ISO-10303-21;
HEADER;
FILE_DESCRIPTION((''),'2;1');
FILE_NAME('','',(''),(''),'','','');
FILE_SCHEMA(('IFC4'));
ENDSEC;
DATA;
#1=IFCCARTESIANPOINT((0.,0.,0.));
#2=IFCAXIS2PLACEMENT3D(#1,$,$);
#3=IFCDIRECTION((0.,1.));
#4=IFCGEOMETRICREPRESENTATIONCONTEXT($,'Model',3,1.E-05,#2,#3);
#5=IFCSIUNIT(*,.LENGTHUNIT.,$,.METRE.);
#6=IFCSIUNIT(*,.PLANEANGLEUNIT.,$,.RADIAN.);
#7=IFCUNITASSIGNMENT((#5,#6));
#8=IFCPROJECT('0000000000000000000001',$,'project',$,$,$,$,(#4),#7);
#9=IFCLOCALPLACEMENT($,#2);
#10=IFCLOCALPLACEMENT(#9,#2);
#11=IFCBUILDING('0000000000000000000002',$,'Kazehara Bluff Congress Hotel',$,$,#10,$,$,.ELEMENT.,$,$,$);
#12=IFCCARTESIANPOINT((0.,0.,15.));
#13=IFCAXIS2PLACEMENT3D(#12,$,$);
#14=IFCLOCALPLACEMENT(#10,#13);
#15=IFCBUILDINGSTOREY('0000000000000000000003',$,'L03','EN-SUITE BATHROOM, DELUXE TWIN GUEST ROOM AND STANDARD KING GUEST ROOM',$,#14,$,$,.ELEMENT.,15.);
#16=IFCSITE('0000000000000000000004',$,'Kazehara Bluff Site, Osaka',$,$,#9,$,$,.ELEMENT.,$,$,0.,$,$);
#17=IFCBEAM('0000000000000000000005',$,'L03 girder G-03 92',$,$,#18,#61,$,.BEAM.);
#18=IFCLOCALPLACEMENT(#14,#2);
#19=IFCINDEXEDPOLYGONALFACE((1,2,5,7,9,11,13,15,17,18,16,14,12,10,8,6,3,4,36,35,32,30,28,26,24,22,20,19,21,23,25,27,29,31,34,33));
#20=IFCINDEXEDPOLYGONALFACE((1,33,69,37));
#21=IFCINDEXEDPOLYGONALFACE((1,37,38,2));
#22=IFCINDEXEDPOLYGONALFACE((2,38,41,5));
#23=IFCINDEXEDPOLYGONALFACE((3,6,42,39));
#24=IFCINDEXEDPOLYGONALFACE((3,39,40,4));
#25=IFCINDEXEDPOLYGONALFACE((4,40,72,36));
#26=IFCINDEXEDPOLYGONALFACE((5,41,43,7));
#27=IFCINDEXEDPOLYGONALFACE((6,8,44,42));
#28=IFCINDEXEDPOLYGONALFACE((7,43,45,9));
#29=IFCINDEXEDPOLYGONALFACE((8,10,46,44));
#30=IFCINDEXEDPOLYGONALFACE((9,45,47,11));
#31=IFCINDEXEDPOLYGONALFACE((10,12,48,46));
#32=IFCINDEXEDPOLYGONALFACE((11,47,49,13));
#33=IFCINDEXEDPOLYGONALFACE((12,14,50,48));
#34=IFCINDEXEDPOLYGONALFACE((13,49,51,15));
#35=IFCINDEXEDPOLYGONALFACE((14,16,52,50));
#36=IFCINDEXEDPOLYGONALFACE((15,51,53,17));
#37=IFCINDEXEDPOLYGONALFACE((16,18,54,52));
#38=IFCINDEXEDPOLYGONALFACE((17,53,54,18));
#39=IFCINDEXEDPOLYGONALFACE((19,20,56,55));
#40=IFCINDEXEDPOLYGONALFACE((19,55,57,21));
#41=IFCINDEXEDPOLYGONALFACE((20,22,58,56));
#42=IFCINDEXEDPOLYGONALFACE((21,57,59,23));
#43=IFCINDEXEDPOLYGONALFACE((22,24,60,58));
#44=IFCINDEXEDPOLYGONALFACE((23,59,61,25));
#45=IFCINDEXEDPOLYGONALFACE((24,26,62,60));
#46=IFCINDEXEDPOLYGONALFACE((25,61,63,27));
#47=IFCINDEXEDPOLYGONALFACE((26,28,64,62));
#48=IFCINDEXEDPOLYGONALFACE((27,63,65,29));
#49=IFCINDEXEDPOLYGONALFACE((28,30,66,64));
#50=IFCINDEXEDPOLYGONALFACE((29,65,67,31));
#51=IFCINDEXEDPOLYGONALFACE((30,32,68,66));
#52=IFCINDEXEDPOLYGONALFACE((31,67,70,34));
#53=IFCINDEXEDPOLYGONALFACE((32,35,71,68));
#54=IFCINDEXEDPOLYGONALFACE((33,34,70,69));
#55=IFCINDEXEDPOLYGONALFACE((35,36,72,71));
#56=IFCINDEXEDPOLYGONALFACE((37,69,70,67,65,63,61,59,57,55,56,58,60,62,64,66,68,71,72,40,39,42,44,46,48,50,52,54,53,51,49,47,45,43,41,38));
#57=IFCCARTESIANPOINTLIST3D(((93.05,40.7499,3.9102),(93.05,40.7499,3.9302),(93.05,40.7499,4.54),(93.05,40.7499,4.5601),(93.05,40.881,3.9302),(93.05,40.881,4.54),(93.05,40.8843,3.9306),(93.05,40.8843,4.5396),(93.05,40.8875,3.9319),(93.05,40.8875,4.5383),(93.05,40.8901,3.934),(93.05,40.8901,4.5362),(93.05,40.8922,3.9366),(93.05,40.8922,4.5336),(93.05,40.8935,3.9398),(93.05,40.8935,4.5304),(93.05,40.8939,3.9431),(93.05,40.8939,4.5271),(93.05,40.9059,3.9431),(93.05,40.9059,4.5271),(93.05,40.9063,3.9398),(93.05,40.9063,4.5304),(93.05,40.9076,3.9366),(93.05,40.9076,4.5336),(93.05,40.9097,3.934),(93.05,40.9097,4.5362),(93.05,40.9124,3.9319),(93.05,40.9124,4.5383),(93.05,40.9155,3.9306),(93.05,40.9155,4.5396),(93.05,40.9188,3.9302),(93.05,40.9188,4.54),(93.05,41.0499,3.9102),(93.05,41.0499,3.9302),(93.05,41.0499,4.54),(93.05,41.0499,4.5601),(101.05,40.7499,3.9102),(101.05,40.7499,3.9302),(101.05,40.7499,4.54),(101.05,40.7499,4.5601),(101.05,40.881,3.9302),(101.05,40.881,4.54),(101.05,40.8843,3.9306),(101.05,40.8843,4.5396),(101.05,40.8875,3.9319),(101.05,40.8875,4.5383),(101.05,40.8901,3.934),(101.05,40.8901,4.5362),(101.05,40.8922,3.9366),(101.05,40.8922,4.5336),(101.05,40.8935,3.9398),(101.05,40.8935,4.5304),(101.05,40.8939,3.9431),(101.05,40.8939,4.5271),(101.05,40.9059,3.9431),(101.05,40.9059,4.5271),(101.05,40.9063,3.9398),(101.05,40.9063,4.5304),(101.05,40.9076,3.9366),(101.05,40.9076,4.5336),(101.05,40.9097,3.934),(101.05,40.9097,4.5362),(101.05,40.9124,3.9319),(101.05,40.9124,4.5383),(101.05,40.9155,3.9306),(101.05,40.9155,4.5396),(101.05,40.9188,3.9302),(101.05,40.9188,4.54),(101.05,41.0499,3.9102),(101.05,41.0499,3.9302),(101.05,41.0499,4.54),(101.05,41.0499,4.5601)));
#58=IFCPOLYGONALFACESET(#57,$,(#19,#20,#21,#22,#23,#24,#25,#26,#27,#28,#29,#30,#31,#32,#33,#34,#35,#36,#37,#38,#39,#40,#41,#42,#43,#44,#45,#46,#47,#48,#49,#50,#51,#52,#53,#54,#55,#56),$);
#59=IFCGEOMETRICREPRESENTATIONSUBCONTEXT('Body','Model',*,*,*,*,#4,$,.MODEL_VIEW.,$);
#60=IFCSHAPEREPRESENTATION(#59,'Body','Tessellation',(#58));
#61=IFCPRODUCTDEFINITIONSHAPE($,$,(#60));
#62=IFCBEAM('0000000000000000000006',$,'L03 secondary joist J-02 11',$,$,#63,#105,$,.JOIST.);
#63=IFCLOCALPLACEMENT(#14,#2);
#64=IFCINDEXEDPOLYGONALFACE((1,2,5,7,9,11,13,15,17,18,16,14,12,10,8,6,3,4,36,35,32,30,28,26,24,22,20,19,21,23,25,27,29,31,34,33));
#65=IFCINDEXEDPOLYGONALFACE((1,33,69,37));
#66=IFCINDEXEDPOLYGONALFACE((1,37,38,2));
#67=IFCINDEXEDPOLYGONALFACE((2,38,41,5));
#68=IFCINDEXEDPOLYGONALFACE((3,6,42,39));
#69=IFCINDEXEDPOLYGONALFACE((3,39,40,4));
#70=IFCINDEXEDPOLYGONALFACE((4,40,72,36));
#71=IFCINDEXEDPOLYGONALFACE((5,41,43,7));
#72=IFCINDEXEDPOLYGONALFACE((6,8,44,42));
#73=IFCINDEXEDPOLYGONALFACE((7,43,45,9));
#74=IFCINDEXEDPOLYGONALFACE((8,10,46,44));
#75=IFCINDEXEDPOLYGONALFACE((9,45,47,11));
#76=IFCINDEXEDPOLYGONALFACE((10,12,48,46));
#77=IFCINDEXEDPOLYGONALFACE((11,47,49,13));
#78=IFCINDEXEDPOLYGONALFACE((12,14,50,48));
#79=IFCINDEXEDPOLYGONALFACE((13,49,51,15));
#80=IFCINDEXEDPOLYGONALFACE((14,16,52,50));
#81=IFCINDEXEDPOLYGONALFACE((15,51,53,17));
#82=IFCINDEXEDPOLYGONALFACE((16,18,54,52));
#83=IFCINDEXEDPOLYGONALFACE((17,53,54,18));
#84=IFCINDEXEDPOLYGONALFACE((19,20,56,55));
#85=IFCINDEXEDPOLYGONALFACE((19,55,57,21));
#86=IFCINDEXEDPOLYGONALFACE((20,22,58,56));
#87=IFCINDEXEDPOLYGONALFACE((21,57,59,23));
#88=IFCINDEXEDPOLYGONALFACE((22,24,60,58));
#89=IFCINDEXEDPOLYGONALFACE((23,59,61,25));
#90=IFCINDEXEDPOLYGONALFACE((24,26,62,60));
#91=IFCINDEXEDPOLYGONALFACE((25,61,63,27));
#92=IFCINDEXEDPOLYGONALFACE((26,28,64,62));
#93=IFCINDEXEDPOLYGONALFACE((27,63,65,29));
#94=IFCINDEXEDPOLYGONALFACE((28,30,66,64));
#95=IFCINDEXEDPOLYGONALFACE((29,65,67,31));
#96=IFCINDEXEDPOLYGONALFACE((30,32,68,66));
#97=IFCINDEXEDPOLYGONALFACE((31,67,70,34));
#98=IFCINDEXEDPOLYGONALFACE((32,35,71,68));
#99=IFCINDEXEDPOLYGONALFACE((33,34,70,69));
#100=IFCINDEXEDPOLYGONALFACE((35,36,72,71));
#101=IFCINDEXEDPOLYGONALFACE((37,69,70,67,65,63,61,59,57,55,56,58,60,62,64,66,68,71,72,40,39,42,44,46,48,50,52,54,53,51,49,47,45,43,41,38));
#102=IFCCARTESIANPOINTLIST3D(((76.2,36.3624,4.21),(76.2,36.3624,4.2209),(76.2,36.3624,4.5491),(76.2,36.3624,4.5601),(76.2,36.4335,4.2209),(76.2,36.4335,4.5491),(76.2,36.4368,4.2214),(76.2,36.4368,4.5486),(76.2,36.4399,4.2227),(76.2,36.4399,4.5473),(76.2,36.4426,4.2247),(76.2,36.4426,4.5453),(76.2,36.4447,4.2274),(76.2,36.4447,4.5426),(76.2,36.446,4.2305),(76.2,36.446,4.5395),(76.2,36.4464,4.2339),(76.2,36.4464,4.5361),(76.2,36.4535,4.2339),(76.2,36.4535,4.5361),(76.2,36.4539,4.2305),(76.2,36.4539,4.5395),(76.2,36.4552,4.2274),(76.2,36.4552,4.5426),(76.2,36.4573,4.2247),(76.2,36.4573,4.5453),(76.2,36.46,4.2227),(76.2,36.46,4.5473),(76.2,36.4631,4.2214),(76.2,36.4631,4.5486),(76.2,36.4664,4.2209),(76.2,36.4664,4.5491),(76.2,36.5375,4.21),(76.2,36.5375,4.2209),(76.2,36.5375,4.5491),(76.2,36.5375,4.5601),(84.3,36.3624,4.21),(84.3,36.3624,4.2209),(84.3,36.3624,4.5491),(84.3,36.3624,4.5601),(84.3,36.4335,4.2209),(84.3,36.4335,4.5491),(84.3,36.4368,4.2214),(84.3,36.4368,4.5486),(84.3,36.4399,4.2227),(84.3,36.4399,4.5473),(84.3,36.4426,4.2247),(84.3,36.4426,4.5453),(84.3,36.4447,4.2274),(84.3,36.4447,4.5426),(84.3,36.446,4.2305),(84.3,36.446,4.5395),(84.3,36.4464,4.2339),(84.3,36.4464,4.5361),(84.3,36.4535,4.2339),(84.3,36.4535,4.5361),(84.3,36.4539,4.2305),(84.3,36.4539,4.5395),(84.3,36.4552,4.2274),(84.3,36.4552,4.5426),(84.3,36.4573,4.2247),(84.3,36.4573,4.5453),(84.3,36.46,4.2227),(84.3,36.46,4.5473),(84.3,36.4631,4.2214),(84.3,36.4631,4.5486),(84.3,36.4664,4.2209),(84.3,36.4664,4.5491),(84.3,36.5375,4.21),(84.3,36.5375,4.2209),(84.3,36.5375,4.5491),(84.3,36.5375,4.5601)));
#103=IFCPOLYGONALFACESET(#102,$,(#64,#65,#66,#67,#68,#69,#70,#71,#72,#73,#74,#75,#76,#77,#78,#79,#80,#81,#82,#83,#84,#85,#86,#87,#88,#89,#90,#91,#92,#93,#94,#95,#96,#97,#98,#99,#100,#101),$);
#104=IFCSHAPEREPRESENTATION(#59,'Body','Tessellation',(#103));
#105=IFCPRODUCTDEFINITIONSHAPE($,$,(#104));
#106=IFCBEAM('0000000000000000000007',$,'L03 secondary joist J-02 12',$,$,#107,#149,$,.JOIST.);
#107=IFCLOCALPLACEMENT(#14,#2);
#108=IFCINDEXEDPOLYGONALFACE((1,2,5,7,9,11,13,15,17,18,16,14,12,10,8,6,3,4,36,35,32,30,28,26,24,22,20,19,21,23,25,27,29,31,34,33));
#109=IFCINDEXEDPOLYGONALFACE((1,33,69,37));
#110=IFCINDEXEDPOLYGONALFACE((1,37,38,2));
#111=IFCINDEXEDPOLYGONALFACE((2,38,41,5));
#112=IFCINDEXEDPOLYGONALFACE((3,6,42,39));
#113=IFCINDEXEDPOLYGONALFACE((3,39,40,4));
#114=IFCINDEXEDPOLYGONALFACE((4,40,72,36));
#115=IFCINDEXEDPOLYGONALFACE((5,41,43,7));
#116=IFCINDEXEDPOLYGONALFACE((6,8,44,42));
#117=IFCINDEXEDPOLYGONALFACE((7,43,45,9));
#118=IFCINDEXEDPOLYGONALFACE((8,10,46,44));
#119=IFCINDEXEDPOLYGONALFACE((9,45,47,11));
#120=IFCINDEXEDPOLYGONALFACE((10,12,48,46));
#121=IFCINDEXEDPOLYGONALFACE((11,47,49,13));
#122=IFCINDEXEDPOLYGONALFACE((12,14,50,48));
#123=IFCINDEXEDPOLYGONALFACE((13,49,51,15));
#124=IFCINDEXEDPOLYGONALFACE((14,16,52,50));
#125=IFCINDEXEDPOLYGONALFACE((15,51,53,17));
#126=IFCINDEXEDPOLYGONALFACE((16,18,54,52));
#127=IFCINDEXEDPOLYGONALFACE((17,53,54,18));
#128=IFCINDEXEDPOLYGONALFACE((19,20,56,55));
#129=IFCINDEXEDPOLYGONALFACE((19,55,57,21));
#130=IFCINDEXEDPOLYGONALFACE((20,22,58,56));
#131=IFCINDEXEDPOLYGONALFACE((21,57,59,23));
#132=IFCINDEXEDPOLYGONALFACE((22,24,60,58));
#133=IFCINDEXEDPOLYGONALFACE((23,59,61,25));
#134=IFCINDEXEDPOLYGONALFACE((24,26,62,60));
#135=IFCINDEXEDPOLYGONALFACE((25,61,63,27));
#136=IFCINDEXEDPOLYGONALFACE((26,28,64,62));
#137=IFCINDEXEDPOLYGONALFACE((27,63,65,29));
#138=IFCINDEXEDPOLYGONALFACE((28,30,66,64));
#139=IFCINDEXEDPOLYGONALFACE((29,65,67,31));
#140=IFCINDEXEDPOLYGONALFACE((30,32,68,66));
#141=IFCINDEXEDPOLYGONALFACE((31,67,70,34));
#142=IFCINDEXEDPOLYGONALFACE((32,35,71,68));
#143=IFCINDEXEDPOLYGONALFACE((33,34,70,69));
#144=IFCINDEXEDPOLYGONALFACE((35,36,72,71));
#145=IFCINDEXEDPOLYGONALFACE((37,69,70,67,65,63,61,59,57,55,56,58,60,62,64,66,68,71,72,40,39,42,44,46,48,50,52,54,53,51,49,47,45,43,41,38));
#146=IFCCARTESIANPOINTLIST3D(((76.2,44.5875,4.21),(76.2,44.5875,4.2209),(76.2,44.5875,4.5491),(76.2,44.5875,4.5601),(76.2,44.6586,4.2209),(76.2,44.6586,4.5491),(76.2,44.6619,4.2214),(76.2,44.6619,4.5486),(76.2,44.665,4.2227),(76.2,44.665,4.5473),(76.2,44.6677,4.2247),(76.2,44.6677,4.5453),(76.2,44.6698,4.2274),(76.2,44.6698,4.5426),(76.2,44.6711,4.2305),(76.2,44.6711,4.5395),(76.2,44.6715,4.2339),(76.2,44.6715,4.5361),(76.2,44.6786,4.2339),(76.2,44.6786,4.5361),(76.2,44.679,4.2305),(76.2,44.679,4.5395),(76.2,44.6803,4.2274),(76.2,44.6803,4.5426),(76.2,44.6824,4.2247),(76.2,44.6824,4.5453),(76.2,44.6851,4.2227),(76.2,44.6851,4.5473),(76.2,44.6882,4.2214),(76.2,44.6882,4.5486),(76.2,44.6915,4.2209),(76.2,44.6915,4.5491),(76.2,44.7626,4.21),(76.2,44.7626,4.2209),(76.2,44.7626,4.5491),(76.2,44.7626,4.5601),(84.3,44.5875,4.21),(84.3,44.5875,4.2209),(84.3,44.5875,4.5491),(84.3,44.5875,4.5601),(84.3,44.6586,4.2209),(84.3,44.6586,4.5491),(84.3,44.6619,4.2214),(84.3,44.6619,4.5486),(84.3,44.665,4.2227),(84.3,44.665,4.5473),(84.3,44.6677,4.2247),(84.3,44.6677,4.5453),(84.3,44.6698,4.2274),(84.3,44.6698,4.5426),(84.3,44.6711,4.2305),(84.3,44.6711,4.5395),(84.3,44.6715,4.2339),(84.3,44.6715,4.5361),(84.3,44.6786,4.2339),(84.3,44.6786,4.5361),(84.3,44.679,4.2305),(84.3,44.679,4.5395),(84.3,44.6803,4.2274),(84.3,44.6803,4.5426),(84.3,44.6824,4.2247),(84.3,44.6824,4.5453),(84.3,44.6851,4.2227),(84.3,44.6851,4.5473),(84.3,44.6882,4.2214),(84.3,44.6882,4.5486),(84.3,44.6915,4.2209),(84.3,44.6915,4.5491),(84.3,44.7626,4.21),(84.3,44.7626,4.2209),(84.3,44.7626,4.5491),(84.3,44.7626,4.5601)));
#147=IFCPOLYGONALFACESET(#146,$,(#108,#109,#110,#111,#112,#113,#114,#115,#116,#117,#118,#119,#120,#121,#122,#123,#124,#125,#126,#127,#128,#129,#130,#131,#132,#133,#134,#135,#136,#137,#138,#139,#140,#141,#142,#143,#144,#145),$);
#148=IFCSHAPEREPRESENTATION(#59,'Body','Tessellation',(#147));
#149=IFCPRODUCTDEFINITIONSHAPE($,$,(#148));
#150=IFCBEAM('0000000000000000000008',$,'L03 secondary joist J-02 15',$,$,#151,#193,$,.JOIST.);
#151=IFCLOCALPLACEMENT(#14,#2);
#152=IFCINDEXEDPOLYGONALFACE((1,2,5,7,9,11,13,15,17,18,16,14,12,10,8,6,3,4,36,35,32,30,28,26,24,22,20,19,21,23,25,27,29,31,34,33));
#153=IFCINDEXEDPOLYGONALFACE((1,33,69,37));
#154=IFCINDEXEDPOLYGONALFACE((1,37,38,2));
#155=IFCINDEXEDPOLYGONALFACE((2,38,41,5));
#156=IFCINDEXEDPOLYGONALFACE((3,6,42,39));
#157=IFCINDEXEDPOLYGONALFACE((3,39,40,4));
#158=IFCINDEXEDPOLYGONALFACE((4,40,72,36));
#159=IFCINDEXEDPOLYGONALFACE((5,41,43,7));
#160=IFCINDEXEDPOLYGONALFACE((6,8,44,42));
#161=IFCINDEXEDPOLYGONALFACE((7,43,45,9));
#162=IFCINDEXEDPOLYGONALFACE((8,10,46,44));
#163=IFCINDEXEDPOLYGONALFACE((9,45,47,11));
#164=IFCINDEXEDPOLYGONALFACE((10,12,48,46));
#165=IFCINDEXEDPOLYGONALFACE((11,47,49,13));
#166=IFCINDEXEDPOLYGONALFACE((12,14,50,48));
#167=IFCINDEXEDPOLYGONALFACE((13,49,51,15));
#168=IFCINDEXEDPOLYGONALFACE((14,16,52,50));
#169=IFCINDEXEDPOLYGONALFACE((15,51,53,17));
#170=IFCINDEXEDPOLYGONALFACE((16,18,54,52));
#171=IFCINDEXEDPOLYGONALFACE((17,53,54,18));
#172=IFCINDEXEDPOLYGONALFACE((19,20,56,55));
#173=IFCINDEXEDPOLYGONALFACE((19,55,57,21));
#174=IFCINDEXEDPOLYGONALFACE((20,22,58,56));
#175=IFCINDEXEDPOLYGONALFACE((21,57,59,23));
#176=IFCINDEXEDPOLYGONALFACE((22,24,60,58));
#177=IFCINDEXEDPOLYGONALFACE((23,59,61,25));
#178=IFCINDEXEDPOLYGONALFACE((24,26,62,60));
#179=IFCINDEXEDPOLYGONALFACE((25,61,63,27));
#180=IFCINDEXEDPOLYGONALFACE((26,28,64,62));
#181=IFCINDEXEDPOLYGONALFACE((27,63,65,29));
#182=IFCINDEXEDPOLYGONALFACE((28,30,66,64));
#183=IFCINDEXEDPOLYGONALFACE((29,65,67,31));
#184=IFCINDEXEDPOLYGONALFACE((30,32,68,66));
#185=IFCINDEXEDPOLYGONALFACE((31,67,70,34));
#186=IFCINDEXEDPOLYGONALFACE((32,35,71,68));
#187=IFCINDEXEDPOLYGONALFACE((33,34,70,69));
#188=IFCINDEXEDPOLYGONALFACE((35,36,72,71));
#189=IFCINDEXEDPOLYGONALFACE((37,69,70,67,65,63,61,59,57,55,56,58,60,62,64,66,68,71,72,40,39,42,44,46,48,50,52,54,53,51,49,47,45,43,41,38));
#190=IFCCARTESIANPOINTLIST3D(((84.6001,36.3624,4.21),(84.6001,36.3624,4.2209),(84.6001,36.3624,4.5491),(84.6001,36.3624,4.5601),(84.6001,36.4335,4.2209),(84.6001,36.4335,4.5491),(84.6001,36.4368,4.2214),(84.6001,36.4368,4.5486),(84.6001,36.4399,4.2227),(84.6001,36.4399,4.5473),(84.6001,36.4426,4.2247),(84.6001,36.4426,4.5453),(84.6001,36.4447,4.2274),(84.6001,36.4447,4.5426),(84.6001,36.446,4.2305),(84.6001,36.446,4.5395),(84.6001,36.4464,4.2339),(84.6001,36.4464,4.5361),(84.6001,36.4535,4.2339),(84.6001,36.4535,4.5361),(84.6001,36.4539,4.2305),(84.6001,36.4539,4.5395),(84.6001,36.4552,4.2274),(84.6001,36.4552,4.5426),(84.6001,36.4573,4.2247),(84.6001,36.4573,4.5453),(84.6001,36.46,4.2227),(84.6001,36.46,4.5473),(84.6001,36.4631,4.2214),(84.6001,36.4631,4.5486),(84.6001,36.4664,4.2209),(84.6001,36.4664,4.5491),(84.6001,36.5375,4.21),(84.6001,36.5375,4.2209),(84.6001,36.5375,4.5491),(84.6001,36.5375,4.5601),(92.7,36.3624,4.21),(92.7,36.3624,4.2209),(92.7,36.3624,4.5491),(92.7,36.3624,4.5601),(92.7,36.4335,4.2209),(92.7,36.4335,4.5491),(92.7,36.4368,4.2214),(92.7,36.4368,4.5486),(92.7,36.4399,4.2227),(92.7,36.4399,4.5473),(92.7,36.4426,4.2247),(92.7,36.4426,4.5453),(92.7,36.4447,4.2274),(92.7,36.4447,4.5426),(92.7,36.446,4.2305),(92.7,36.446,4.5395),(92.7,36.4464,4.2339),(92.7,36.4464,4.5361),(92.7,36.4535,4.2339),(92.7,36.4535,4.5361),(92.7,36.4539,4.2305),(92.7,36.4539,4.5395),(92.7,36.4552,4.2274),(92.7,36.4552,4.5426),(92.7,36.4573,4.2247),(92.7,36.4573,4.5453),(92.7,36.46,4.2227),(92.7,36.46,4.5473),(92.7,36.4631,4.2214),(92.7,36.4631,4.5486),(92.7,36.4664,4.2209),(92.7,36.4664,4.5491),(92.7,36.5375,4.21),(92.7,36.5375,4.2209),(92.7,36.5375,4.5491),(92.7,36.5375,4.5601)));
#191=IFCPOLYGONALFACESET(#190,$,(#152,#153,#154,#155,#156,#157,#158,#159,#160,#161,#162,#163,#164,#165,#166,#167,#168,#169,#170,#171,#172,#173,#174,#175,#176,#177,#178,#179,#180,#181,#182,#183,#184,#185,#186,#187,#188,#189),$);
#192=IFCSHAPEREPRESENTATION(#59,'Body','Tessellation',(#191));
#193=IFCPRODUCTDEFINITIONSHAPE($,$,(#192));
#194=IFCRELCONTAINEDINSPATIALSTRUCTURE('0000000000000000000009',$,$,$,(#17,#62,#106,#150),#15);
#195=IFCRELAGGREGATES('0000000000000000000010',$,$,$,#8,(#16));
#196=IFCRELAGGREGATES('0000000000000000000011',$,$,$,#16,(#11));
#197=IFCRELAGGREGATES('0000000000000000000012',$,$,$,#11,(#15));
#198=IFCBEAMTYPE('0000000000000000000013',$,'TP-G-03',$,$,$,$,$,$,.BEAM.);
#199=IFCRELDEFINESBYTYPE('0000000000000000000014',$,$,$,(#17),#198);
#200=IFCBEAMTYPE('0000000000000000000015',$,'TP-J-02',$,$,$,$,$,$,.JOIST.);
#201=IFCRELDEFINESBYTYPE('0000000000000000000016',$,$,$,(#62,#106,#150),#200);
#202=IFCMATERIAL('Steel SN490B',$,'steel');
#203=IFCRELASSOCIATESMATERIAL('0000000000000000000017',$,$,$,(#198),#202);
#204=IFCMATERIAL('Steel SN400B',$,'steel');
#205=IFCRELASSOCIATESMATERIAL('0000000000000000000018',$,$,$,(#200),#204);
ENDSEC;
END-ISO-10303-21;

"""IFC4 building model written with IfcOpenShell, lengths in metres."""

from ifc_helpers import new_model, si_unit, direction, frame, origin, origin_2d, place, context, subcontext, project, spatial, i_section, extrude, material, material_profile, profile_set, type_object, element, save


model = new_model("IFC4")

# Units and contexts
model_context = context("Model", 3, precision=1e-05, world=origin(), true_north=direction((0.0, 1.0)))
body_context = subcontext(model_context, "Body", "Model", "MODEL_VIEW")
ifc_project = project(units=[si_unit("LENGTHUNIT", "METRE"), si_unit("PLANEANGLEUNIT", "RADIAN")], contexts=[model_context])

# Site, building, storey
site_placement = place(None, origin())
site = spatial("IfcSite", under=ifc_project, at=site_placement, Name="Kazehara Bluff Site, Osaka", CompositionType="ELEMENT", RefElevation=0.0)
building_placement = place(site_placement, origin())
building = spatial("IfcBuilding", under=site, at=building_placement, Name="Kazehara Bluff Congress Hotel", CompositionType="ELEMENT")
storey_placement = place(building_placement, frame((0.0, 0.0, 15.0)))
storey = spatial("IfcBuildingStorey", under=building, at=storey_placement, Name="L03", Description="EN-SUITE BATHROOM, DELUXE TWIN GUEST ROOM AND STANDARD KING GUEST ROOM", CompositionType="ELEMENT", Elevation=15.0)

# Beams
ifc_material_1 = material(Name="Steel SN490B", Category="steel")
ifc_material_profile_1 = material_profile(ifc_material_1, i_section(OverallWidth=0.3, OverallDepth=0.6499, WebThickness=0.012, FlangeThickness=0.02, FilletRadius=0.0129, at=origin_2d()))
ifc_profile_set_1 = profile_set([ifc_material_profile_1], Name="Steel SN490B")
beam_type_1 = type_object("IfcBeamType", Name="TP-G-03", PredefinedType="BEAM", material=ifc_profile_set_1)
for number, where, z_axis, x_axis, name in (
    (1, (93.05, 40.8999, 4.2351), (1.0, 0.0, 0.0), (0.0, 1.0, 0.0), "L03 girder G-03 92"),
):
    element("IfcBeam", number, at=place(storey_placement, frame(where, z_axis=z_axis, x_axis=x_axis)), inside=storey, type_object=beam_type_1, Name=name, PredefinedType="BEAM", context=body_context, shape_type="SweptSolid", body=[
        extrude(i_section(OverallWidth=0.3, OverallDepth=0.6499, WebThickness=0.012, FlangeThickness=0.02, FilletRadius=0.0129, at=origin_2d()), origin(), (0.0, 0.0, 1.0), 8.0),
    ])
ifc_material_2 = material(Name="Steel SN400B", Category="steel")
ifc_material_profile_2 = material_profile(ifc_material_2, i_section(OverallWidth=0.175, OverallDepth=0.3501, WebThickness=0.0071, FlangeThickness=0.011, FilletRadius=0.0129, at=origin_2d()))
ifc_profile_set_2 = profile_set([ifc_material_profile_2], Name="Steel SN400B")
beam_type_2 = type_object("IfcBeamType", Name="TP-J-02", PredefinedType="JOIST", material=ifc_profile_set_2)
for number, where, z_axis, x_axis, name in (
    (2, (76.2, 36.45, 4.385), (1.0, 0.0, 0.0), (0.0, 1.0, 0.0), "L03 secondary joist J-02 11"),
    (3, (76.2, 44.675, 4.385), (1.0, 0.0, 0.0), (0.0, 1.0, 0.0), "L03 secondary joist J-02 12"),
):
    element("IfcBeam", number, at=place(storey_placement, frame(where, z_axis=z_axis, x_axis=x_axis)), inside=storey, type_object=beam_type_2, Name=name, PredefinedType="JOIST", context=body_context, shape_type="SweptSolid", body=[
        extrude(i_section(OverallWidth=0.175, OverallDepth=0.3501, WebThickness=0.0071, FlangeThickness=0.011, FilletRadius=0.0129, at=origin_2d()), origin(), (0.0, 0.0, 1.0), 8.1001),
    ])
for number, where, z_axis, x_axis, name in (
    (4, (84.6001, 36.45, 4.385), (1.0, 0.0, 0.0), (0.0, 1.0, 0.0), "L03 secondary joist J-02 15"),
):
    element("IfcBeam", number, at=place(storey_placement, frame(where, z_axis=z_axis, x_axis=x_axis)), inside=storey, type_object=beam_type_2, Name=name, PredefinedType="JOIST", context=body_context, shape_type="SweptSolid", body=[
        extrude(i_section(OverallWidth=0.175, OverallDepth=0.3501, WebThickness=0.0071, FlangeThickness=0.011, FilletRadius=0.0129, at=origin_2d()), origin(), (0.0, 0.0, 1.0), 8.0999),
    ])

save(model, "model.ifc")
